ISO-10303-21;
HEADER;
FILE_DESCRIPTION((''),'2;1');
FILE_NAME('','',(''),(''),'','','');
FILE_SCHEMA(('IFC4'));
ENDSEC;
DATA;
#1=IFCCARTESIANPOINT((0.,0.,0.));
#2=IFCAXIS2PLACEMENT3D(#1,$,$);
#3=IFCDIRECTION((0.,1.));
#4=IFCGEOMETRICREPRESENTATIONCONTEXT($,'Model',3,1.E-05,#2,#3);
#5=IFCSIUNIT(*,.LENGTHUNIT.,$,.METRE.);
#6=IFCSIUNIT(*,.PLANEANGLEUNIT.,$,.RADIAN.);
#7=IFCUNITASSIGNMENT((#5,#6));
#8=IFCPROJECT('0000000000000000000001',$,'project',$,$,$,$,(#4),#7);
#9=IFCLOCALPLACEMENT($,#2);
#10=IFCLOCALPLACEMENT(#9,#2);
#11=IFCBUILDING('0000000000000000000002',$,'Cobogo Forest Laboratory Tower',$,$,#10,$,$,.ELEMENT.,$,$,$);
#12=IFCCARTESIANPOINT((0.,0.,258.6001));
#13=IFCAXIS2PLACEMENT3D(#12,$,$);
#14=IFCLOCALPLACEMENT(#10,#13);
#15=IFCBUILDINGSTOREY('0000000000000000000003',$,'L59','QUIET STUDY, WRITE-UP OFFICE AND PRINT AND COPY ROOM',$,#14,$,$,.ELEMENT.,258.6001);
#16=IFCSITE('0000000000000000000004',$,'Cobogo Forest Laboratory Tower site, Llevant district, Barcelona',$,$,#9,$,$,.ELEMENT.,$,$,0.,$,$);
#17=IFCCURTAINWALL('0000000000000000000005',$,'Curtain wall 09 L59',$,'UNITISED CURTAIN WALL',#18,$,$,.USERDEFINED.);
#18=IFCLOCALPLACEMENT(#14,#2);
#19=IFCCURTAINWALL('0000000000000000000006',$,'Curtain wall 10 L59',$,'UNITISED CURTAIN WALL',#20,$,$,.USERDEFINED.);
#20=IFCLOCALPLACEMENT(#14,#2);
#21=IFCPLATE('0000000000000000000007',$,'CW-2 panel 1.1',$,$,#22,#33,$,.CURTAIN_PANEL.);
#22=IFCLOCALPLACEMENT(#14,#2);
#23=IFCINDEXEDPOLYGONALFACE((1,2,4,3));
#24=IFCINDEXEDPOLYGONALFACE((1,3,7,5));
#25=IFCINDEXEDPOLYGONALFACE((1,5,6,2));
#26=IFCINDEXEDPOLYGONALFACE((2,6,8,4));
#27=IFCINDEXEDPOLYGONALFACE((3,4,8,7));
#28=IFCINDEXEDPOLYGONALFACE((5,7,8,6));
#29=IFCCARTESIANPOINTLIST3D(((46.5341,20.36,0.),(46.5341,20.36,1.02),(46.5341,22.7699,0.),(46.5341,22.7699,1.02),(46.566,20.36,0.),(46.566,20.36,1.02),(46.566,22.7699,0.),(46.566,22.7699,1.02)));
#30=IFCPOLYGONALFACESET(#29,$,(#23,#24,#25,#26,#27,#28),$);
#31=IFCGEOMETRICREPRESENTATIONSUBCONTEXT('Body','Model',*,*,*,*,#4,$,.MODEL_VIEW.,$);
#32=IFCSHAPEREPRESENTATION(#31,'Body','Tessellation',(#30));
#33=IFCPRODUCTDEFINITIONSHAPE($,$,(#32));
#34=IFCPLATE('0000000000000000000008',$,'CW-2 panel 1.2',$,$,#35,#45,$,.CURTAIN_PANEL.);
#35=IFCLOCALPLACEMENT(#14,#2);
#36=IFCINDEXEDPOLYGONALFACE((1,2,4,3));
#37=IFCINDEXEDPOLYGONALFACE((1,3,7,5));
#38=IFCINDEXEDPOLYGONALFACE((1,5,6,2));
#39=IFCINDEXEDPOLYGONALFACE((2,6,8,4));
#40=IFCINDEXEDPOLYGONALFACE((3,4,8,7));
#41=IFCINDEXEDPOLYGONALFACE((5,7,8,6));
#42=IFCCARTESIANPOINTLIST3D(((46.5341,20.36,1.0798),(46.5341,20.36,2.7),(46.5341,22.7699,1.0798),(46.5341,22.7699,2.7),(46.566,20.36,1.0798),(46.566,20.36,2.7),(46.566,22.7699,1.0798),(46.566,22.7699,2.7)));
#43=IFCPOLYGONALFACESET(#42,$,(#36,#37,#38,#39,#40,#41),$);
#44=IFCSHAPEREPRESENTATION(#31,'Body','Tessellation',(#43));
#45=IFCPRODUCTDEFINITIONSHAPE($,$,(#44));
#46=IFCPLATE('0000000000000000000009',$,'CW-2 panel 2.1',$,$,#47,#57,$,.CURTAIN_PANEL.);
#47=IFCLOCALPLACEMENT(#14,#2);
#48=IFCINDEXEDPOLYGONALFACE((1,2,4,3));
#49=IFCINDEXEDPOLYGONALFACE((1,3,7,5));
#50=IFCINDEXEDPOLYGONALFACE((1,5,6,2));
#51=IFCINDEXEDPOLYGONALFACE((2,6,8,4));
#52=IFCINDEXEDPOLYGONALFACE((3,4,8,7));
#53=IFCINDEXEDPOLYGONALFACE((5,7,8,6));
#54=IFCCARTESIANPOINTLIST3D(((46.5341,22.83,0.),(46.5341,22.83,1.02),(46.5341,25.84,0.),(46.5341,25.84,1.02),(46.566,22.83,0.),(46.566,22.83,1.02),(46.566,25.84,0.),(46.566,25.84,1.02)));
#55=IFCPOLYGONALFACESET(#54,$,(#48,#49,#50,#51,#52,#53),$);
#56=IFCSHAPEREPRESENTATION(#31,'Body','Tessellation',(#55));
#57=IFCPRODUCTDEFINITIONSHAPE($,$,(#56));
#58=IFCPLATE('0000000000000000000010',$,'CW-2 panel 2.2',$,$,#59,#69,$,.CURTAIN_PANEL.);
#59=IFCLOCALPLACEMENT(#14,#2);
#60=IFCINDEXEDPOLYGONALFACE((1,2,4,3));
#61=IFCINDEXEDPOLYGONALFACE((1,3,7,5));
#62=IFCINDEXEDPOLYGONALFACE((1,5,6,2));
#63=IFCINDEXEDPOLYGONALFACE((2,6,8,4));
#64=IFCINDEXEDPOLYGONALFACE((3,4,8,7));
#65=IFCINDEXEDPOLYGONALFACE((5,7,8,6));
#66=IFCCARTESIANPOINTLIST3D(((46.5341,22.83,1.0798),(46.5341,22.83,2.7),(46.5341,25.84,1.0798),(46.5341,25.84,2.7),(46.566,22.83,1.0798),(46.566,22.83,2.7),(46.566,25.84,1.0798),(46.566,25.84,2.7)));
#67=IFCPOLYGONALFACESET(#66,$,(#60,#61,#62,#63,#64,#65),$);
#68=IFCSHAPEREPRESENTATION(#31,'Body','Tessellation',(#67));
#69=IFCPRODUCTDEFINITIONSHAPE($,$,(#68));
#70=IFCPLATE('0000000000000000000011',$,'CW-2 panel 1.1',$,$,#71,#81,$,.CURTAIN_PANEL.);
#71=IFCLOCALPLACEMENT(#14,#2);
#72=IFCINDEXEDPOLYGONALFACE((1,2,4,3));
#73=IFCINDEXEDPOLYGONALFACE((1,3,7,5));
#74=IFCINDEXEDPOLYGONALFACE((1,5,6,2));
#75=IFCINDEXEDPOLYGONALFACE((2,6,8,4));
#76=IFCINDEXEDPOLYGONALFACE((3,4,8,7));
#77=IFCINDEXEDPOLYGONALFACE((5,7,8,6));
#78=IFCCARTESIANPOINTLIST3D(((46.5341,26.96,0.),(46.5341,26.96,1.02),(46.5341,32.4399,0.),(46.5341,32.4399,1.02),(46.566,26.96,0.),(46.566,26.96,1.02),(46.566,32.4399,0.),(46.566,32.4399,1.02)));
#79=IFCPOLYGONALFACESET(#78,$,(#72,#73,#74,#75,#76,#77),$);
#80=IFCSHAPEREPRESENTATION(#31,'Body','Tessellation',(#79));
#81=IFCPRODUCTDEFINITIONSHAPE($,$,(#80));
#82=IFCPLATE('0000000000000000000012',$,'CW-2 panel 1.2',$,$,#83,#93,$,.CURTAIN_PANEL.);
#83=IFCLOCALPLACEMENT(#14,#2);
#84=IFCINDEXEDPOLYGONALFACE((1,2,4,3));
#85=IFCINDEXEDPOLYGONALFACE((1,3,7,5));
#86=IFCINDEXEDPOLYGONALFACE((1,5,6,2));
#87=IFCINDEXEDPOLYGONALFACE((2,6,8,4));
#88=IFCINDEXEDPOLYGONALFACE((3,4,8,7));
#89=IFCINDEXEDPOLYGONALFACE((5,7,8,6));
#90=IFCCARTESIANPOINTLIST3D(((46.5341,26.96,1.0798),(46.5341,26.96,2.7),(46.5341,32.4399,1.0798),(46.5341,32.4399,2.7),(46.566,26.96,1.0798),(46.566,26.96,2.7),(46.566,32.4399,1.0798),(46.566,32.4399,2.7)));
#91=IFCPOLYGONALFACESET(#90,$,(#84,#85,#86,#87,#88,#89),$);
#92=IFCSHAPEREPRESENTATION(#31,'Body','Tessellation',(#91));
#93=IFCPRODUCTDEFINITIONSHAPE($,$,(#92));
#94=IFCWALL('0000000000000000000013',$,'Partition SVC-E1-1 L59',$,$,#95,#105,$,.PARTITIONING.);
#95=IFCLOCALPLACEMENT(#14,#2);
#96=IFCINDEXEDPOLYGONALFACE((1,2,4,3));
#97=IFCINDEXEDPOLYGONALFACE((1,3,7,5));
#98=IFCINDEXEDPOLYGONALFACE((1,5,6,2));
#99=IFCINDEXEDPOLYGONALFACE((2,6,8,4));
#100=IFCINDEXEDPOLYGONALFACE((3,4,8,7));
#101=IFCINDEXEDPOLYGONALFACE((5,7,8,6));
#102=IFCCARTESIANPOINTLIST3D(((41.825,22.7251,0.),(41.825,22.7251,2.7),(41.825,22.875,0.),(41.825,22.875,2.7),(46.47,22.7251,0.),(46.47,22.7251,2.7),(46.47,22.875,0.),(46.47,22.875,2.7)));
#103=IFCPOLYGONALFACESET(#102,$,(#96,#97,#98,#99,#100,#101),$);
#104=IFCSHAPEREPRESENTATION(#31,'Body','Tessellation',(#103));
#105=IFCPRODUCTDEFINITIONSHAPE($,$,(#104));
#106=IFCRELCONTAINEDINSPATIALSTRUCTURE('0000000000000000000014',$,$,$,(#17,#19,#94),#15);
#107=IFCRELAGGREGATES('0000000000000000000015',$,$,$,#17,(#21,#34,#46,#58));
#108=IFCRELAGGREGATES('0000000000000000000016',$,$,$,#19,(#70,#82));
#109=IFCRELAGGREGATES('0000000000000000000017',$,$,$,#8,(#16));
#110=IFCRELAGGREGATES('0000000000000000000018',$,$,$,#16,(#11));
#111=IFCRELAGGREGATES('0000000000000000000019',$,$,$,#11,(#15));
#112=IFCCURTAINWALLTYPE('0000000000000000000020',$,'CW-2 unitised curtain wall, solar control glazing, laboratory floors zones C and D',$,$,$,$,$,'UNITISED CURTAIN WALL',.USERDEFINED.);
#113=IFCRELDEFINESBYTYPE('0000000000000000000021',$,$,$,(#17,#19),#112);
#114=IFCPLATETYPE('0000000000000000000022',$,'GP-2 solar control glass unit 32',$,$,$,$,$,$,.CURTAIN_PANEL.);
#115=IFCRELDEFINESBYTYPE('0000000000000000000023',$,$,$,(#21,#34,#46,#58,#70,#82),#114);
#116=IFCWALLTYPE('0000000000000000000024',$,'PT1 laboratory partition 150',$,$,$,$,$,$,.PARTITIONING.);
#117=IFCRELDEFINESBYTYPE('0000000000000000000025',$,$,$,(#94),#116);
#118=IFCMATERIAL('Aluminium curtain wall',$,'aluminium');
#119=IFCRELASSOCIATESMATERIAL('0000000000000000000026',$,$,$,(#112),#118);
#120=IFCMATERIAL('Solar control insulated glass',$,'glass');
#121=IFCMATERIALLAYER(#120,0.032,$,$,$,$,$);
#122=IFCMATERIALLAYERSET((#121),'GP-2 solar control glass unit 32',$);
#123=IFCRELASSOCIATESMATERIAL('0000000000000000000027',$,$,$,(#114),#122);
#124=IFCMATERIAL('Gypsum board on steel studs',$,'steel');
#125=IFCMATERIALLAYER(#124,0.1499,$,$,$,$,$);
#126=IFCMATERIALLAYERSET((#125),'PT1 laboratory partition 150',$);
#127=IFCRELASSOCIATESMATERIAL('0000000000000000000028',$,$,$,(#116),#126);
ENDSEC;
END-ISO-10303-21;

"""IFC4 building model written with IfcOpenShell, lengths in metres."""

from ifc_helpers import new_model, si_unit, direction, frame, frame_2d, origin, origin_2d, place, context, subcontext, project, spatial, rectangle, extrude, material, layer, layer_set, type_object, element, aggregate, save


model = new_model("IFC4")

# Units and contexts
model_context = context("Model", 3, precision=1e-05, world=origin(), true_north=direction((0.0, 1.0)))
body_context = subcontext(model_context, "Body", "Model", "MODEL_VIEW")
ifc_project = project(units=[si_unit("LENGTHUNIT", "METRE"), si_unit("PLANEANGLEUNIT", "RADIAN")], contexts=[model_context])

# Site, building, storey
site_placement = place(None, origin())
site = spatial("IfcSite", under=ifc_project, at=site_placement, Name="Cobogo Forest Laboratory Tower site, Llevant district, Barcelona", CompositionType="ELEMENT", RefElevation=0.0)
building_placement = place(site_placement, origin())
building = spatial("IfcBuilding", under=site, at=building_placement, Name="Cobogo Forest Laboratory Tower", CompositionType="ELEMENT")
storey_placement = place(building_placement, frame((0.0, 0.0, 258.6001)))
storey = spatial("IfcBuildingStorey", under=building, at=storey_placement, Name="L59", Description="QUIET STUDY, WRITE-UP OFFICE AND PRINT AND COPY ROOM", CompositionType="ELEMENT", Elevation=258.6001)

# Shared definitions
ifc_material_1 = material(Name="Aluminium curtain wall", Category="aluminium")
curtain_wall_type = type_object("IfcCurtainWallType", Name="CW-2 unitised curtain wall, solar control glazing, laboratory floors zones C and D", ElementType="UNITISED CURTAIN WALL", PredefinedType="USERDEFINED", material=ifc_material_1)

# Curtain walls
curtain_wall_1_placement = place(storey_placement, origin())
curtain_wall_1 = element("IfcCurtainWall", 1, at=curtain_wall_1_placement, inside=storey, type_object=curtain_wall_type, Name="Curtain wall 09 L59", ObjectType="UNITISED CURTAIN WALL", PredefinedType="USERDEFINED")
curtain_wall_2_placement = place(storey_placement, origin())
curtain_wall_2 = element("IfcCurtainWall", 2, at=curtain_wall_2_placement, inside=storey, type_object=curtain_wall_type, Name="Curtain wall 10 L59", ObjectType="UNITISED CURTAIN WALL", PredefinedType="USERDEFINED")

# Plates
ifc_material_2 = material(Name="Solar control insulated glass", Category="glass")
ifc_layer_1 = layer(ifc_material_2, 0.032)
ifc_layer_set_1 = layer_set([ifc_layer_1], Name="GP-2 solar control glass unit 32")
plate_type_1 = type_object("IfcPlateType", Name="GP-2 solar control glass unit 32", PredefinedType="CURTAIN_PANEL", material=ifc_layer_set_1)
plate_1_placement = place(storey_placement, frame((46.55, 21.5649, 0.0), z_axis=(0.0, 0.0, 1.0), x_axis=(0.0, 1.0, 0.0)))
plate_1 = element("IfcPlate", 3, at=plate_1_placement, type_object=plate_type_1, Name="CW-2 panel 1.1", PredefinedType="CURTAIN_PANEL", context=body_context, shape_type="SweptSolid", body=[
    extrude(rectangle(XDim=2.4099, YDim=0.032, at=origin_2d()), origin(), (0.0, 0.0, 1.0), 1.02),
])
plate_2_placement = place(storey_placement, frame((46.55, 21.5649, 1.0798), z_axis=(0.0, 0.0, 1.0), x_axis=(0.0, 1.0, 0.0)))
plate_2 = element("IfcPlate", 4, at=plate_2_placement, type_object=plate_type_1, Name="CW-2 panel 1.2", PredefinedType="CURTAIN_PANEL", context=body_context, shape_type="SweptSolid", body=[
    extrude(rectangle(XDim=2.4099, YDim=0.032, at=origin_2d()), origin(), (0.0, 0.0, 1.0), 1.6201),
])
plate_3_placement = place(storey_placement, frame((46.55, 24.335, 0.0), z_axis=(0.0, 0.0, 1.0), x_axis=(0.0, 1.0, 0.0)))
plate_3 = element("IfcPlate", 5, at=plate_3_placement, type_object=plate_type_1, Name="CW-2 panel 2.1", PredefinedType="CURTAIN_PANEL", context=body_context, shape_type="SweptSolid", body=[
    extrude(rectangle(XDim=3.01, YDim=0.032, at=origin_2d()), origin(), (0.0, 0.0, 1.0), 1.02),
])
plate_4_placement = place(storey_placement, frame((46.55, 24.335, 1.0798), z_axis=(0.0, 0.0, 1.0), x_axis=(0.0, 1.0, 0.0)))
plate_4 = element("IfcPlate", 6, at=plate_4_placement, type_object=plate_type_1, Name="CW-2 panel 2.2", PredefinedType="CURTAIN_PANEL", context=body_context, shape_type="SweptSolid", body=[
    extrude(rectangle(XDim=3.01, YDim=0.032, at=origin_2d()), origin(), (0.0, 0.0, 1.0), 1.6201),
])
aggregate(curtain_wall_1, [plate_1, plate_2, plate_3, plate_4])
plate_5_placement = place(storey_placement, frame((46.55, 29.7, 0.0), z_axis=(0.0, 0.0, 1.0), x_axis=(0.0, 1.0, 0.0)))
plate_5 = element("IfcPlate", 7, at=plate_5_placement, type_object=plate_type_1, Name="CW-2 panel 1.1", PredefinedType="CURTAIN_PANEL", context=body_context, shape_type="SweptSolid", body=[
    extrude(rectangle(XDim=5.48, YDim=0.032, at=origin_2d()), origin(), (0.0, 0.0, 1.0), 1.02),
])
plate_6_placement = place(storey_placement, frame((46.55, 29.7, 1.0798), z_axis=(0.0, 0.0, 1.0), x_axis=(0.0, 1.0, 0.0)))
plate_6 = element("IfcPlate", 8, at=plate_6_placement, type_object=plate_type_1, Name="CW-2 panel 1.2", PredefinedType="CURTAIN_PANEL", context=body_context, shape_type="SweptSolid", body=[
    extrude(rectangle(XDim=5.48, YDim=0.032, at=origin_2d()), origin(), (0.0, 0.0, 1.0), 1.6201),
])
aggregate(curtain_wall_2, [plate_5, plate_6])

# Wall
ifc_material_3 = material(Name="Gypsum board on steel studs", Category="steel")
ifc_layer_2 = layer(ifc_material_3, 0.1499)
ifc_layer_set_2 = layer_set([ifc_layer_2], Name="PT1 laboratory partition 150")
wall_type = type_object("IfcWallType", Name="PT1 laboratory partition 150", PredefinedType="PARTITIONING", material=ifc_layer_set_2)
wall_placement = place(storey_placement, frame((46.47, 22.8, 0.0), z_axis=(0.0, 0.0, 1.0), x_axis=(-1.0, 0.0, 0.0)))
element("IfcWall", 9, at=wall_placement, inside=storey, type_object=wall_type, Name="Partition SVC-E1-1 L59", PredefinedType="PARTITIONING", context=body_context, shape_type="SweptSolid", body=[
    extrude(rectangle(XDim=4.645, YDim=0.1499, at=frame_2d((2.3225, 0.0))), origin(), (0.0, 0.0, 1.0), 2.7),
])

save(model, "model.ifc")
